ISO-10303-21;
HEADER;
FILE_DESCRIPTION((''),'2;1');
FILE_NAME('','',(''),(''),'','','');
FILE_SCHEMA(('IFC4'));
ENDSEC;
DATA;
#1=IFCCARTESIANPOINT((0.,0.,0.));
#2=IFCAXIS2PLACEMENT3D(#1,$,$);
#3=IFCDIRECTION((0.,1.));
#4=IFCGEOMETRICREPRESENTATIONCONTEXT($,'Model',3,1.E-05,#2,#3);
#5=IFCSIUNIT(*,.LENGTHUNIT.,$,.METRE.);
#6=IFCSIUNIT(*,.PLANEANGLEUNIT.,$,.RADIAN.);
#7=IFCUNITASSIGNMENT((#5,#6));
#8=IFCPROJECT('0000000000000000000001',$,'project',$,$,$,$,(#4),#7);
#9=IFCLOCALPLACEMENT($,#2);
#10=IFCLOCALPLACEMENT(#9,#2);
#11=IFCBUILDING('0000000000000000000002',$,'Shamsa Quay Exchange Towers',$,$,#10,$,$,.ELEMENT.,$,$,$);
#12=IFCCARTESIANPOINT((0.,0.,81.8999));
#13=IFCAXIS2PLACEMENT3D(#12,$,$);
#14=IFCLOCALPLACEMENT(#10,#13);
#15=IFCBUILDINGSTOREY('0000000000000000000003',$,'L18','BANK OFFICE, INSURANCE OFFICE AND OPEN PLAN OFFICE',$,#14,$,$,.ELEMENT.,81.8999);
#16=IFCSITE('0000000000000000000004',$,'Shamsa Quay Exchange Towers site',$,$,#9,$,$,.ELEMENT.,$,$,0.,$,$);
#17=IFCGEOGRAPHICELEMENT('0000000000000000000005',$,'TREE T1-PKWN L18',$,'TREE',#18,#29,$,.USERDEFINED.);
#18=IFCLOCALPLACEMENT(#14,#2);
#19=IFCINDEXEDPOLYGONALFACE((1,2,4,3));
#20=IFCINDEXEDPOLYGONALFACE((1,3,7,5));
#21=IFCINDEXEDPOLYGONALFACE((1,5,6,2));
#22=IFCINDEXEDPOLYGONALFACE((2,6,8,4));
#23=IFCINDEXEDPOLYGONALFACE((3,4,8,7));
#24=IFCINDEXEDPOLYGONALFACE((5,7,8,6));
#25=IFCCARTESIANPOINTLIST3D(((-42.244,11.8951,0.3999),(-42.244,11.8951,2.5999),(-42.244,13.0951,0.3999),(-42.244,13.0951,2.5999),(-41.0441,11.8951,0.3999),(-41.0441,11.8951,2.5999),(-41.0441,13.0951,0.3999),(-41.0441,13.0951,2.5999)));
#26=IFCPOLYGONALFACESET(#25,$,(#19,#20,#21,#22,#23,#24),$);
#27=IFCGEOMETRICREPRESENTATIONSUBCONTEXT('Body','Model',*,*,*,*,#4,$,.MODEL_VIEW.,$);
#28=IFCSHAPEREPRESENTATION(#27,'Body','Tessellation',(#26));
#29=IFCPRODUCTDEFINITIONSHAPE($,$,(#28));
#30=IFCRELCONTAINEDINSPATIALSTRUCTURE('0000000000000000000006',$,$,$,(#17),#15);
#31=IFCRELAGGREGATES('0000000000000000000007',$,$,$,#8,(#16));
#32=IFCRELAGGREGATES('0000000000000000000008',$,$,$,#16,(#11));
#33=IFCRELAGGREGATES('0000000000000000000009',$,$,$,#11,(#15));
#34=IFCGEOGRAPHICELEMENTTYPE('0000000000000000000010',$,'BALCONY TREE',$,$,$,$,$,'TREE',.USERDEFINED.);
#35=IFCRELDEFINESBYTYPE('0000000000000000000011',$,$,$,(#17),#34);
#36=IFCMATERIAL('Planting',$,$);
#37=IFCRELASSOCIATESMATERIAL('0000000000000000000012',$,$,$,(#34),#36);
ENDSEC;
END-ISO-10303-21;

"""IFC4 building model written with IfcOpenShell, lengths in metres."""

from ifc_helpers import new_model, si_unit, direction, frame, origin, origin_2d, place, context, subcontext, project, spatial, rectangle, extrude, material, type_object, element, save


model = new_model("IFC4")

# Units and contexts
model_context = context("Model", 3, precision=1e-05, world=origin(), true_north=direction((0.0, 1.0)))
body_context = subcontext(model_context, "Body", "Model", "MODEL_VIEW")
ifc_project = project(units=[si_unit("LENGTHUNIT", "METRE"), si_unit("PLANEANGLEUNIT", "RADIAN")], contexts=[model_context])

# Site, building, storey
site_placement = place(None, origin())
site = spatial("IfcSite", under=ifc_project, at=site_placement, Name="Shamsa Quay Exchange Towers site", CompositionType="ELEMENT", RefElevation=0.0)
building_placement = place(site_placement, origin())
building = spatial("IfcBuilding", under=site, at=building_placement, Name="Shamsa Quay Exchange Towers", CompositionType="ELEMENT")
storey_placement = place(building_placement, frame((0.0, 0.0, 81.8999)))
storey = spatial("IfcBuildingStorey", under=building, at=storey_placement, Name="L18", Description="BANK OFFICE, INSURANCE OFFICE AND OPEN PLAN OFFICE", CompositionType="ELEMENT", Elevation=81.8999)

# Geographic element
ifc_material_1 = material(Name="Planting")
geographic_element_type = type_object("IfcGeographicElementType", Name="BALCONY TREE", ElementType="TREE", PredefinedType="USERDEFINED", material=ifc_material_1)
geographic_element_placement = place(storey_placement, frame((-41.644, 12.4951, 0.3999), z_axis=(0.0, 0.0, 1.0), x_axis=(-1.0, 0.0, 0.0)))
element("IfcGeographicElement", 1, at=geographic_element_placement, inside=storey, type_object=geographic_element_type, Name="TREE T1-PKWN L18", ObjectType="TREE", PredefinedType="USERDEFINED", context=body_context, shape_type="SweptSolid", body=[
    extrude(rectangle(XDim=1.2, YDim=1.2, at=origin_2d()), origin(), (0.0, 0.0, 1.0), 2.2),
])

save(model, "model.ifc")
